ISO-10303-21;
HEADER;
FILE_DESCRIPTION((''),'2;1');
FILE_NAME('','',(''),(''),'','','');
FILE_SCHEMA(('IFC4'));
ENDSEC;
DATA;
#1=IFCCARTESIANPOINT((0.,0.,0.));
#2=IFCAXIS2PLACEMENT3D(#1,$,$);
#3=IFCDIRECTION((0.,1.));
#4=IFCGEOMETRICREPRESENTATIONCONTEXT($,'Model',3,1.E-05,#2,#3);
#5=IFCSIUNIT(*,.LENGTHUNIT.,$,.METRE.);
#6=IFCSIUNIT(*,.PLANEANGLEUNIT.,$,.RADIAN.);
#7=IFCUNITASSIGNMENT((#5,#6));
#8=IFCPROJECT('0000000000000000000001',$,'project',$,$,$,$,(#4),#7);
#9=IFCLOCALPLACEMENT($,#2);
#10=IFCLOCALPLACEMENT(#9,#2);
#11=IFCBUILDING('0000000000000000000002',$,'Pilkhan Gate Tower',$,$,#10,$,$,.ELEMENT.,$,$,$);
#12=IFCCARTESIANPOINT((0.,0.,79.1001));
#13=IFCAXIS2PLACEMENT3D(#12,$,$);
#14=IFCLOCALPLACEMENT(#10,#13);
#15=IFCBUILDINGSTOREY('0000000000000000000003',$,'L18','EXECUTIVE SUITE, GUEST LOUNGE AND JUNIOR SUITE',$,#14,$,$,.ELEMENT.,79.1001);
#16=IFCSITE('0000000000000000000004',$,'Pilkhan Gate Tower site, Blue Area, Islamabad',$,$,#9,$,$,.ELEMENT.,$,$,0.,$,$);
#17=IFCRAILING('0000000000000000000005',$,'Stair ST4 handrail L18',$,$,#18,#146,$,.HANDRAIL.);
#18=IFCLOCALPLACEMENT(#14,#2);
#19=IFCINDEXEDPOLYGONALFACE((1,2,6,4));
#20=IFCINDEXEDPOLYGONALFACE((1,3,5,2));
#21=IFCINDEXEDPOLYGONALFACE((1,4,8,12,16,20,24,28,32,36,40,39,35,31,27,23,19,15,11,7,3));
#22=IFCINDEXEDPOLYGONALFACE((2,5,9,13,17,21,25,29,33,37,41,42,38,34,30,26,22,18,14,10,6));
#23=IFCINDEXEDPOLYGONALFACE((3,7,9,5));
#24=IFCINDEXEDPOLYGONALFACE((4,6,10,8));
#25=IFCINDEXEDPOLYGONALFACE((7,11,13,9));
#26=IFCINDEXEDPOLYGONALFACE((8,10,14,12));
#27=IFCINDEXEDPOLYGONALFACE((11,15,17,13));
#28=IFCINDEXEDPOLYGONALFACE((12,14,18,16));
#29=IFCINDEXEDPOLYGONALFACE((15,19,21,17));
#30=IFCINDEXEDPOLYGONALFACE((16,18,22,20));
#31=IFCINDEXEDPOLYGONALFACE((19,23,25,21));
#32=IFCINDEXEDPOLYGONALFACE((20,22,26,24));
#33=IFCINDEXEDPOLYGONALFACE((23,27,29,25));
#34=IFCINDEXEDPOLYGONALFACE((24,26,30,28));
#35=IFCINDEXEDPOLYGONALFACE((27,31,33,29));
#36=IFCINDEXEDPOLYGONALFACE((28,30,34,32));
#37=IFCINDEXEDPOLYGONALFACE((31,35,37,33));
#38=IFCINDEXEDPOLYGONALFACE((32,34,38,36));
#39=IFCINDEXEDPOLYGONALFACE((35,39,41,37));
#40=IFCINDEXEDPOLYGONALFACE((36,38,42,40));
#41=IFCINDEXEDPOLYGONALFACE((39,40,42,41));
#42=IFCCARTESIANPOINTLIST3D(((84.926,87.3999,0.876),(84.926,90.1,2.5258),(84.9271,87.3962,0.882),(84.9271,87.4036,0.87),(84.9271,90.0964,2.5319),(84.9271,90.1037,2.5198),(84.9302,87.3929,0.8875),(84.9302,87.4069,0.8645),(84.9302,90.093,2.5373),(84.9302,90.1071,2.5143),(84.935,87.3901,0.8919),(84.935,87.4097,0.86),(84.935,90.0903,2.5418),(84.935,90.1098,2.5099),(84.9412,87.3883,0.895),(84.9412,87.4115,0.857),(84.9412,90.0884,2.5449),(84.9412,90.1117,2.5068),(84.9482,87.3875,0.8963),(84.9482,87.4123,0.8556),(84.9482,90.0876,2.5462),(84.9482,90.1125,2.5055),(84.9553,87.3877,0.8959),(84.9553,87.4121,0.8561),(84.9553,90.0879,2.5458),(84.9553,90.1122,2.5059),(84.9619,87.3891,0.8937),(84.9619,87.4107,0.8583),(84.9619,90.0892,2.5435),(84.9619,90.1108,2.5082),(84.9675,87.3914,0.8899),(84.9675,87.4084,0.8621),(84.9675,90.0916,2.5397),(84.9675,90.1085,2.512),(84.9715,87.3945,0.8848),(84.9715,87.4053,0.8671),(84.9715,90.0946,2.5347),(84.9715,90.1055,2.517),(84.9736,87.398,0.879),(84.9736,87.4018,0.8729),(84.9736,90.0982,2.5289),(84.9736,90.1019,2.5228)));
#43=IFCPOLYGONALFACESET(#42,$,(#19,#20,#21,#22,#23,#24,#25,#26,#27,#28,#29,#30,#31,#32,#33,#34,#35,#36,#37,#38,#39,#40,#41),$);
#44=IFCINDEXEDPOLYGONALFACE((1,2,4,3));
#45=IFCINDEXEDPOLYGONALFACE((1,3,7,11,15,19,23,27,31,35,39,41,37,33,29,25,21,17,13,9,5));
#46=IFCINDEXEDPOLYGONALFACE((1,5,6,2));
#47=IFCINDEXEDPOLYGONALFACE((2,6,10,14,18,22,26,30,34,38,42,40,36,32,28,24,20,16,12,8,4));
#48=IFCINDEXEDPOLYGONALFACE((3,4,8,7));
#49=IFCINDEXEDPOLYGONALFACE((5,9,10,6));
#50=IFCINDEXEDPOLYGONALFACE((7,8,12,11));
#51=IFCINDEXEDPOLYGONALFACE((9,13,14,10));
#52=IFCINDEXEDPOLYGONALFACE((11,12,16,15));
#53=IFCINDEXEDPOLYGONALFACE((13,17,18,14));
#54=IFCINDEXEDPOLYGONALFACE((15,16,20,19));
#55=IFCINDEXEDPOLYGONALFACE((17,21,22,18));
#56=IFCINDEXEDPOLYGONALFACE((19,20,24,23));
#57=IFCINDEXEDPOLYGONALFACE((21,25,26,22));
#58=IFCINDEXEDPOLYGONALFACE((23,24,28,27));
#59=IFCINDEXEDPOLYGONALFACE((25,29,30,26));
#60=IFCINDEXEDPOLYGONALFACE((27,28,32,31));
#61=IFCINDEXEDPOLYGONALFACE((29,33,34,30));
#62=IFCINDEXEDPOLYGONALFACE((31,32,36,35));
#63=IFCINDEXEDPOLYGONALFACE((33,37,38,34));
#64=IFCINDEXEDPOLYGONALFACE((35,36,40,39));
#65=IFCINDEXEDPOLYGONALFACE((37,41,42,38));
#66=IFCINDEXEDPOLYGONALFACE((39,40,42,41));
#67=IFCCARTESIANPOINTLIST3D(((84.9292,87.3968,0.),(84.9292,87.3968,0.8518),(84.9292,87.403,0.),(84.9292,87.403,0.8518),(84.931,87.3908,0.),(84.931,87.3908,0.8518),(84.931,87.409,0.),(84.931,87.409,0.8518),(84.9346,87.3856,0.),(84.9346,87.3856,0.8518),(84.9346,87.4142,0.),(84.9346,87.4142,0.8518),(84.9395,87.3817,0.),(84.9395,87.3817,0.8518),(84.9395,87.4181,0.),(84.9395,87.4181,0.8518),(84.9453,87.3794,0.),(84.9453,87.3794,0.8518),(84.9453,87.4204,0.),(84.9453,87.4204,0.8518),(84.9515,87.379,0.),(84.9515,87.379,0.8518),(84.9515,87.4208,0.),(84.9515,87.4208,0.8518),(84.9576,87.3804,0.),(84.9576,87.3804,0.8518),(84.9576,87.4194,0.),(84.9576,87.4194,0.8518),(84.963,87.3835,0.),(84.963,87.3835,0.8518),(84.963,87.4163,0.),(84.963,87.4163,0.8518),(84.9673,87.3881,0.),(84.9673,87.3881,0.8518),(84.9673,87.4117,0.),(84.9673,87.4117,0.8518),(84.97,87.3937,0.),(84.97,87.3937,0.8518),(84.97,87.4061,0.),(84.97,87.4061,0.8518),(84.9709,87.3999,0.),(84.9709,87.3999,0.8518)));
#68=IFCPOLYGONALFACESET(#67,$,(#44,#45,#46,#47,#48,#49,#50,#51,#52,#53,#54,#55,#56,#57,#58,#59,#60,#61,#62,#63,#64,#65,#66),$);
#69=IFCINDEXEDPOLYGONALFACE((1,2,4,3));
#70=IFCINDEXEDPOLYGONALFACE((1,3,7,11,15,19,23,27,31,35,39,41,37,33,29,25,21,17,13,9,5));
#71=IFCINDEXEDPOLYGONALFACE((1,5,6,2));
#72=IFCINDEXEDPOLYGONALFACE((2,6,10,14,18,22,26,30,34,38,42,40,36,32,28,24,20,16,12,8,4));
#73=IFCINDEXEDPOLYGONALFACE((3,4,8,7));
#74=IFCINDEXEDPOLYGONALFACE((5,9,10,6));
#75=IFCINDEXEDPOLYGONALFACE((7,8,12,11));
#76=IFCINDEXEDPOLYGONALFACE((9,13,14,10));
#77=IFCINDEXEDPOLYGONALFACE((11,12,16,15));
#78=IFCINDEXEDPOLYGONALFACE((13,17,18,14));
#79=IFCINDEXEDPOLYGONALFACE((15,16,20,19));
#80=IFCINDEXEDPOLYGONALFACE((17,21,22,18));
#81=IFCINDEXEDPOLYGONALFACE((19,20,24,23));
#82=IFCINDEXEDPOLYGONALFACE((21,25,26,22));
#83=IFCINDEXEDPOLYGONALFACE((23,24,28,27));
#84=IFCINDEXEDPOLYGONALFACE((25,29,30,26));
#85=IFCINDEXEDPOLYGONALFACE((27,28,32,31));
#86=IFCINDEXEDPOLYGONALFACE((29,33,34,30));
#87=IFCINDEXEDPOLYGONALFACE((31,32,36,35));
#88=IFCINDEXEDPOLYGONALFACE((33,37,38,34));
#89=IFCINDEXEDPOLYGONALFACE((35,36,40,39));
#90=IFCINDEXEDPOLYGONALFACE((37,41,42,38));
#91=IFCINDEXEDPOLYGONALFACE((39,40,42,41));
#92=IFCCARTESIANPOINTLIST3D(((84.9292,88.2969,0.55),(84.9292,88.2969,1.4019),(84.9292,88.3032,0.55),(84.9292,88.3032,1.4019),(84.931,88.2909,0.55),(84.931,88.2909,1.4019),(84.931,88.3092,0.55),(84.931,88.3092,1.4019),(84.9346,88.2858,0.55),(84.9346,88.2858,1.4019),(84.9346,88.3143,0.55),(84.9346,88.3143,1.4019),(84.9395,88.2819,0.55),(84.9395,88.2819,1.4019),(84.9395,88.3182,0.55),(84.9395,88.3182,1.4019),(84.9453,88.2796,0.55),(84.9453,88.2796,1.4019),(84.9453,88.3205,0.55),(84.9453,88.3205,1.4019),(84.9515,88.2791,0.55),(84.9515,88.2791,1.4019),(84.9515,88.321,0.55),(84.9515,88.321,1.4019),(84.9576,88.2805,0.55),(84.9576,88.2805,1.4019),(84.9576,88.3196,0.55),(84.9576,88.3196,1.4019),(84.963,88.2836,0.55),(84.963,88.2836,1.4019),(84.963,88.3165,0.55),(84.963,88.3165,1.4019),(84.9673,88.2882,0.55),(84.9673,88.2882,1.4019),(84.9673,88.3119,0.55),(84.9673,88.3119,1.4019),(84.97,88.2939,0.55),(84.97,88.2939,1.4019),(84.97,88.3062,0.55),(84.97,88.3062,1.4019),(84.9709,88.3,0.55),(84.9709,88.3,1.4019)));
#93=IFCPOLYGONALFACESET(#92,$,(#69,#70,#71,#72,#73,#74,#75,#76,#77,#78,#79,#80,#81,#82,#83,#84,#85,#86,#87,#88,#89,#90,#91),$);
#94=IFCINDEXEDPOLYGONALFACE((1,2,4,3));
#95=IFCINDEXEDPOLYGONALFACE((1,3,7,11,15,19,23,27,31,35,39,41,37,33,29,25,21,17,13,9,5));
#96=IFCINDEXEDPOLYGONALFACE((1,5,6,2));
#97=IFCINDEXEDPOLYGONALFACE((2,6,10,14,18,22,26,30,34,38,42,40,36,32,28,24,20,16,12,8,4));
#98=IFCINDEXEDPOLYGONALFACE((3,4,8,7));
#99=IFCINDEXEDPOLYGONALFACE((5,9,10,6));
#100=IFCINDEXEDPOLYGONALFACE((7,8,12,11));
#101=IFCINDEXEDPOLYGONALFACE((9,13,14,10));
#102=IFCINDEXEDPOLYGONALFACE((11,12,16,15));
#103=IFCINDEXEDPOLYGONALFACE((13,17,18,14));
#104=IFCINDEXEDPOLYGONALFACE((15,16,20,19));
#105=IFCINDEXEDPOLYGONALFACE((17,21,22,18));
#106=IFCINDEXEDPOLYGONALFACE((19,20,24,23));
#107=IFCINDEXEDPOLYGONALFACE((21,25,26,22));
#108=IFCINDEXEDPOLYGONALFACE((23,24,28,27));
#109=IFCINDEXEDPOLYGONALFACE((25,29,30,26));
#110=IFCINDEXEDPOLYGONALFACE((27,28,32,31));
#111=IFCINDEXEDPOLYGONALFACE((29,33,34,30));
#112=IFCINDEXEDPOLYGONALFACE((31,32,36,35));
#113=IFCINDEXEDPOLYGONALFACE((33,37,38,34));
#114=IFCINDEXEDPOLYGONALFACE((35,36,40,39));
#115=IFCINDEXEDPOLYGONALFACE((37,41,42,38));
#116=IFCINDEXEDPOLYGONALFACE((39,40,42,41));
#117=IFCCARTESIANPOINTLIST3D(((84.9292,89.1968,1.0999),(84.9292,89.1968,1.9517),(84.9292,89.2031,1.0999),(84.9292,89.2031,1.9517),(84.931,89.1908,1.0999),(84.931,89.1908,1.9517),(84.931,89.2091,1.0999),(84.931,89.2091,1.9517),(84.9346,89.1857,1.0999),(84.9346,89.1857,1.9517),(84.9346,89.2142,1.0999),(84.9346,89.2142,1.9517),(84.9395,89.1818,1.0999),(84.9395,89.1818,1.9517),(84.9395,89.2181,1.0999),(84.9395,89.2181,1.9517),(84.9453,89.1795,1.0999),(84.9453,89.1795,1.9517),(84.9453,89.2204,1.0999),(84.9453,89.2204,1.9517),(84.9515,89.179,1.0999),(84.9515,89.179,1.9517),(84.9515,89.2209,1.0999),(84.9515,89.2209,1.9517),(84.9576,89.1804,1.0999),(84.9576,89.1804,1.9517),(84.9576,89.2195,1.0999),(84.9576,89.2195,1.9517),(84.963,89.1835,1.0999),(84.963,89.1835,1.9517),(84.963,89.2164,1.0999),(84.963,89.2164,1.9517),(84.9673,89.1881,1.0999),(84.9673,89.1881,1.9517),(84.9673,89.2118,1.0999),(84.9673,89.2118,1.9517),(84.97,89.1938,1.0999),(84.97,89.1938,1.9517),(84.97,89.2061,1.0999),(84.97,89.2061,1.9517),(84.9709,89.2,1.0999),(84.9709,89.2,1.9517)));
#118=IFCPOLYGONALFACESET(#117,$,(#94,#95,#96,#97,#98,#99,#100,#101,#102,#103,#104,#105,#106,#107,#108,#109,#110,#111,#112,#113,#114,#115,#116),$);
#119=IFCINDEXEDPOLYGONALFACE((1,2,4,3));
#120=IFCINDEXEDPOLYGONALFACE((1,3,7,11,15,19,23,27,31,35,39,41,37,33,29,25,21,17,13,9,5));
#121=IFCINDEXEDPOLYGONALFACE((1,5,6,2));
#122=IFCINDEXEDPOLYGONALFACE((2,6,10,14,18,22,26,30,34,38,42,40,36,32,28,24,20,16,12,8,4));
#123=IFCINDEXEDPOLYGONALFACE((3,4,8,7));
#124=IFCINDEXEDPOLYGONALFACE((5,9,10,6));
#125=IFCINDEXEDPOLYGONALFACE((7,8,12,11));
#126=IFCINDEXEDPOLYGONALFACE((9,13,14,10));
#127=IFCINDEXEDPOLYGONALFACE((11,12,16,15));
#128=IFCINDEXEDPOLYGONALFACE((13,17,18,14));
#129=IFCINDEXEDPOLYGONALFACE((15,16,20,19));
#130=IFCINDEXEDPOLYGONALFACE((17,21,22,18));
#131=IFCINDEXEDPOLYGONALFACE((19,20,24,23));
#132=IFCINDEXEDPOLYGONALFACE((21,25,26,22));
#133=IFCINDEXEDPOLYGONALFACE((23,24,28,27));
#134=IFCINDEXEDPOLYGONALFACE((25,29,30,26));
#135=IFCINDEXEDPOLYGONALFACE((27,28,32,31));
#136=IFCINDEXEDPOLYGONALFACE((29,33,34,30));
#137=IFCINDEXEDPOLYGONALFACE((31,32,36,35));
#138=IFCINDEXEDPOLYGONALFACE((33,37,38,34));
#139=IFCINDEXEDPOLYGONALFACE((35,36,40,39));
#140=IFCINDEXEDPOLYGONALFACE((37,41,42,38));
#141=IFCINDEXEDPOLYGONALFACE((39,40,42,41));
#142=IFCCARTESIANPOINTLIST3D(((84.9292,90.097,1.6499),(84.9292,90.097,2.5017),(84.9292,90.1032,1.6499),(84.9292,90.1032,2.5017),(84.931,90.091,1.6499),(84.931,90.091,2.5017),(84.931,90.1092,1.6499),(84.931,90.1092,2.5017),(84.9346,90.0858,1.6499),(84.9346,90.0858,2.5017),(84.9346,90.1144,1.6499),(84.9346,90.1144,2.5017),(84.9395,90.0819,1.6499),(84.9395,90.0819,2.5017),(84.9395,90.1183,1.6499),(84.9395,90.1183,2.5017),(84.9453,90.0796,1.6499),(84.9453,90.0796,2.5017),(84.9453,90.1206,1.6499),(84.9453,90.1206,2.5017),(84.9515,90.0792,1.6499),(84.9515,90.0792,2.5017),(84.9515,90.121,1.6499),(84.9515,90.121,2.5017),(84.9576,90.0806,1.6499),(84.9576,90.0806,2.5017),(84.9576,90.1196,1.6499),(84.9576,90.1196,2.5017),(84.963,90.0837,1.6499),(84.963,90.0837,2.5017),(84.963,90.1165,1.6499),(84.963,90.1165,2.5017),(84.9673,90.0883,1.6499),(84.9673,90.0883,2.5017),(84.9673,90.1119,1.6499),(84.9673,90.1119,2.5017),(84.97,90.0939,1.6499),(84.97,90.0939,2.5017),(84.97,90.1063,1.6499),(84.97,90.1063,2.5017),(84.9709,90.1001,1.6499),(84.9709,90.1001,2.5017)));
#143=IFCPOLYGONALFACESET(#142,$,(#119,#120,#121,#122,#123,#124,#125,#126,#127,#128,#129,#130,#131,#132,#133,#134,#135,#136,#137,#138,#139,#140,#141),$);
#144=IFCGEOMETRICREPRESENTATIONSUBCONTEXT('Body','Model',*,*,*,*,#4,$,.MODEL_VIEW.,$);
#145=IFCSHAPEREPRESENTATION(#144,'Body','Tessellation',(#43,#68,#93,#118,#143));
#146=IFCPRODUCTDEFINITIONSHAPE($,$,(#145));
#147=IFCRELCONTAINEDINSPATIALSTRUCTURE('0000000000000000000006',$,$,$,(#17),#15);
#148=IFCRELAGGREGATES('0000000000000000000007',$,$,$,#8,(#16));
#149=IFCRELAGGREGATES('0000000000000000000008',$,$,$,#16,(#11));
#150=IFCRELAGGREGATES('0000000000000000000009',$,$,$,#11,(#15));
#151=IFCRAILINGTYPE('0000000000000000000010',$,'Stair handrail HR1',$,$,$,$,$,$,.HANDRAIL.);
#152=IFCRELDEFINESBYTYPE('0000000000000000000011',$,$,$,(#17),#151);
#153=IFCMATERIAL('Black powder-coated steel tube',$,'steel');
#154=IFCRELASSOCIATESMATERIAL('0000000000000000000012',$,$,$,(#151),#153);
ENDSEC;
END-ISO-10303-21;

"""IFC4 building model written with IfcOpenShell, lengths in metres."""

from ifc_helpers import new_model, si_unit, direction, frame, origin, origin_2d, place, context, subcontext, project, spatial, circle, extrude, material, type_object, element, save


model = new_model("IFC4")

# Units and contexts
model_context = context("Model", 3, precision=1e-05, world=origin(), true_north=direction((0.0, 1.0)))
body_context = subcontext(model_context, "Body", "Model", "MODEL_VIEW")
ifc_project = project(units=[si_unit("LENGTHUNIT", "METRE"), si_unit("PLANEANGLEUNIT", "RADIAN")], contexts=[model_context])

# Site, building, storey
site_placement = place(None, origin())
site = spatial("IfcSite", under=ifc_project, at=site_placement, Name="Pilkhan Gate Tower site, Blue Area, Islamabad", CompositionType="ELEMENT", RefElevation=0.0)
building_placement = place(site_placement, origin())
building = spatial("IfcBuilding", under=site, at=building_placement, Name="Pilkhan Gate Tower", CompositionType="ELEMENT")
storey_placement = place(building_placement, frame((0.0, 0.0, 79.1001)))
storey = spatial("IfcBuildingStorey", under=building, at=storey_placement, Name="L18", Description="EXECUTIVE SUITE, GUEST LOUNGE AND JUNIOR SUITE", CompositionType="ELEMENT", Elevation=79.1001)

# Railing
ifc_material_1 = material(Name="Black powder-coated steel tube", Category="steel")
railing_type_1 = type_object("IfcRailingType", Name="Stair handrail HR1", PredefinedType="HANDRAIL", material=ifc_material_1)
railing_1_placement = place(storey_placement, frame((84.95, 87.3999, 0.0)))
element("IfcRailing", 1, at=railing_1_placement, inside=storey, type_object=railing_type_1, Name="Stair ST4 handrail L18", PredefinedType="HANDRAIL", context=body_context, shape_type="SweptSolid", body=[
    extrude(circle(Radius=0.0239, at=origin_2d()), frame((0.0, 0.0, 0.876), z_axis=(0.0, 0.853312, 0.5214), x_axis=(-1.0, 0.0, 0.0)), (0.0, 0.0, 1.0), 3.1643),
    extrude(circle(Radius=0.021, at=origin_2d()), origin(), (0.0, 0.0, 1.0), 0.8518),
    extrude(circle(Radius=0.021, at=origin_2d()), frame((0.0, 0.9001, 0.55)), (0.0, 0.0, 1.0), 0.8518),
    extrude(circle(Radius=0.021, at=origin_2d()), frame((0.0, 1.8, 1.0999)), (0.0, 0.0, 1.0), 0.8518),
    extrude(circle(Radius=0.021, at=origin_2d()), frame((0.0, 2.7002, 1.6499)), (0.0, 0.0, 1.0), 0.8518),
])

save(model, "model.ifc")
